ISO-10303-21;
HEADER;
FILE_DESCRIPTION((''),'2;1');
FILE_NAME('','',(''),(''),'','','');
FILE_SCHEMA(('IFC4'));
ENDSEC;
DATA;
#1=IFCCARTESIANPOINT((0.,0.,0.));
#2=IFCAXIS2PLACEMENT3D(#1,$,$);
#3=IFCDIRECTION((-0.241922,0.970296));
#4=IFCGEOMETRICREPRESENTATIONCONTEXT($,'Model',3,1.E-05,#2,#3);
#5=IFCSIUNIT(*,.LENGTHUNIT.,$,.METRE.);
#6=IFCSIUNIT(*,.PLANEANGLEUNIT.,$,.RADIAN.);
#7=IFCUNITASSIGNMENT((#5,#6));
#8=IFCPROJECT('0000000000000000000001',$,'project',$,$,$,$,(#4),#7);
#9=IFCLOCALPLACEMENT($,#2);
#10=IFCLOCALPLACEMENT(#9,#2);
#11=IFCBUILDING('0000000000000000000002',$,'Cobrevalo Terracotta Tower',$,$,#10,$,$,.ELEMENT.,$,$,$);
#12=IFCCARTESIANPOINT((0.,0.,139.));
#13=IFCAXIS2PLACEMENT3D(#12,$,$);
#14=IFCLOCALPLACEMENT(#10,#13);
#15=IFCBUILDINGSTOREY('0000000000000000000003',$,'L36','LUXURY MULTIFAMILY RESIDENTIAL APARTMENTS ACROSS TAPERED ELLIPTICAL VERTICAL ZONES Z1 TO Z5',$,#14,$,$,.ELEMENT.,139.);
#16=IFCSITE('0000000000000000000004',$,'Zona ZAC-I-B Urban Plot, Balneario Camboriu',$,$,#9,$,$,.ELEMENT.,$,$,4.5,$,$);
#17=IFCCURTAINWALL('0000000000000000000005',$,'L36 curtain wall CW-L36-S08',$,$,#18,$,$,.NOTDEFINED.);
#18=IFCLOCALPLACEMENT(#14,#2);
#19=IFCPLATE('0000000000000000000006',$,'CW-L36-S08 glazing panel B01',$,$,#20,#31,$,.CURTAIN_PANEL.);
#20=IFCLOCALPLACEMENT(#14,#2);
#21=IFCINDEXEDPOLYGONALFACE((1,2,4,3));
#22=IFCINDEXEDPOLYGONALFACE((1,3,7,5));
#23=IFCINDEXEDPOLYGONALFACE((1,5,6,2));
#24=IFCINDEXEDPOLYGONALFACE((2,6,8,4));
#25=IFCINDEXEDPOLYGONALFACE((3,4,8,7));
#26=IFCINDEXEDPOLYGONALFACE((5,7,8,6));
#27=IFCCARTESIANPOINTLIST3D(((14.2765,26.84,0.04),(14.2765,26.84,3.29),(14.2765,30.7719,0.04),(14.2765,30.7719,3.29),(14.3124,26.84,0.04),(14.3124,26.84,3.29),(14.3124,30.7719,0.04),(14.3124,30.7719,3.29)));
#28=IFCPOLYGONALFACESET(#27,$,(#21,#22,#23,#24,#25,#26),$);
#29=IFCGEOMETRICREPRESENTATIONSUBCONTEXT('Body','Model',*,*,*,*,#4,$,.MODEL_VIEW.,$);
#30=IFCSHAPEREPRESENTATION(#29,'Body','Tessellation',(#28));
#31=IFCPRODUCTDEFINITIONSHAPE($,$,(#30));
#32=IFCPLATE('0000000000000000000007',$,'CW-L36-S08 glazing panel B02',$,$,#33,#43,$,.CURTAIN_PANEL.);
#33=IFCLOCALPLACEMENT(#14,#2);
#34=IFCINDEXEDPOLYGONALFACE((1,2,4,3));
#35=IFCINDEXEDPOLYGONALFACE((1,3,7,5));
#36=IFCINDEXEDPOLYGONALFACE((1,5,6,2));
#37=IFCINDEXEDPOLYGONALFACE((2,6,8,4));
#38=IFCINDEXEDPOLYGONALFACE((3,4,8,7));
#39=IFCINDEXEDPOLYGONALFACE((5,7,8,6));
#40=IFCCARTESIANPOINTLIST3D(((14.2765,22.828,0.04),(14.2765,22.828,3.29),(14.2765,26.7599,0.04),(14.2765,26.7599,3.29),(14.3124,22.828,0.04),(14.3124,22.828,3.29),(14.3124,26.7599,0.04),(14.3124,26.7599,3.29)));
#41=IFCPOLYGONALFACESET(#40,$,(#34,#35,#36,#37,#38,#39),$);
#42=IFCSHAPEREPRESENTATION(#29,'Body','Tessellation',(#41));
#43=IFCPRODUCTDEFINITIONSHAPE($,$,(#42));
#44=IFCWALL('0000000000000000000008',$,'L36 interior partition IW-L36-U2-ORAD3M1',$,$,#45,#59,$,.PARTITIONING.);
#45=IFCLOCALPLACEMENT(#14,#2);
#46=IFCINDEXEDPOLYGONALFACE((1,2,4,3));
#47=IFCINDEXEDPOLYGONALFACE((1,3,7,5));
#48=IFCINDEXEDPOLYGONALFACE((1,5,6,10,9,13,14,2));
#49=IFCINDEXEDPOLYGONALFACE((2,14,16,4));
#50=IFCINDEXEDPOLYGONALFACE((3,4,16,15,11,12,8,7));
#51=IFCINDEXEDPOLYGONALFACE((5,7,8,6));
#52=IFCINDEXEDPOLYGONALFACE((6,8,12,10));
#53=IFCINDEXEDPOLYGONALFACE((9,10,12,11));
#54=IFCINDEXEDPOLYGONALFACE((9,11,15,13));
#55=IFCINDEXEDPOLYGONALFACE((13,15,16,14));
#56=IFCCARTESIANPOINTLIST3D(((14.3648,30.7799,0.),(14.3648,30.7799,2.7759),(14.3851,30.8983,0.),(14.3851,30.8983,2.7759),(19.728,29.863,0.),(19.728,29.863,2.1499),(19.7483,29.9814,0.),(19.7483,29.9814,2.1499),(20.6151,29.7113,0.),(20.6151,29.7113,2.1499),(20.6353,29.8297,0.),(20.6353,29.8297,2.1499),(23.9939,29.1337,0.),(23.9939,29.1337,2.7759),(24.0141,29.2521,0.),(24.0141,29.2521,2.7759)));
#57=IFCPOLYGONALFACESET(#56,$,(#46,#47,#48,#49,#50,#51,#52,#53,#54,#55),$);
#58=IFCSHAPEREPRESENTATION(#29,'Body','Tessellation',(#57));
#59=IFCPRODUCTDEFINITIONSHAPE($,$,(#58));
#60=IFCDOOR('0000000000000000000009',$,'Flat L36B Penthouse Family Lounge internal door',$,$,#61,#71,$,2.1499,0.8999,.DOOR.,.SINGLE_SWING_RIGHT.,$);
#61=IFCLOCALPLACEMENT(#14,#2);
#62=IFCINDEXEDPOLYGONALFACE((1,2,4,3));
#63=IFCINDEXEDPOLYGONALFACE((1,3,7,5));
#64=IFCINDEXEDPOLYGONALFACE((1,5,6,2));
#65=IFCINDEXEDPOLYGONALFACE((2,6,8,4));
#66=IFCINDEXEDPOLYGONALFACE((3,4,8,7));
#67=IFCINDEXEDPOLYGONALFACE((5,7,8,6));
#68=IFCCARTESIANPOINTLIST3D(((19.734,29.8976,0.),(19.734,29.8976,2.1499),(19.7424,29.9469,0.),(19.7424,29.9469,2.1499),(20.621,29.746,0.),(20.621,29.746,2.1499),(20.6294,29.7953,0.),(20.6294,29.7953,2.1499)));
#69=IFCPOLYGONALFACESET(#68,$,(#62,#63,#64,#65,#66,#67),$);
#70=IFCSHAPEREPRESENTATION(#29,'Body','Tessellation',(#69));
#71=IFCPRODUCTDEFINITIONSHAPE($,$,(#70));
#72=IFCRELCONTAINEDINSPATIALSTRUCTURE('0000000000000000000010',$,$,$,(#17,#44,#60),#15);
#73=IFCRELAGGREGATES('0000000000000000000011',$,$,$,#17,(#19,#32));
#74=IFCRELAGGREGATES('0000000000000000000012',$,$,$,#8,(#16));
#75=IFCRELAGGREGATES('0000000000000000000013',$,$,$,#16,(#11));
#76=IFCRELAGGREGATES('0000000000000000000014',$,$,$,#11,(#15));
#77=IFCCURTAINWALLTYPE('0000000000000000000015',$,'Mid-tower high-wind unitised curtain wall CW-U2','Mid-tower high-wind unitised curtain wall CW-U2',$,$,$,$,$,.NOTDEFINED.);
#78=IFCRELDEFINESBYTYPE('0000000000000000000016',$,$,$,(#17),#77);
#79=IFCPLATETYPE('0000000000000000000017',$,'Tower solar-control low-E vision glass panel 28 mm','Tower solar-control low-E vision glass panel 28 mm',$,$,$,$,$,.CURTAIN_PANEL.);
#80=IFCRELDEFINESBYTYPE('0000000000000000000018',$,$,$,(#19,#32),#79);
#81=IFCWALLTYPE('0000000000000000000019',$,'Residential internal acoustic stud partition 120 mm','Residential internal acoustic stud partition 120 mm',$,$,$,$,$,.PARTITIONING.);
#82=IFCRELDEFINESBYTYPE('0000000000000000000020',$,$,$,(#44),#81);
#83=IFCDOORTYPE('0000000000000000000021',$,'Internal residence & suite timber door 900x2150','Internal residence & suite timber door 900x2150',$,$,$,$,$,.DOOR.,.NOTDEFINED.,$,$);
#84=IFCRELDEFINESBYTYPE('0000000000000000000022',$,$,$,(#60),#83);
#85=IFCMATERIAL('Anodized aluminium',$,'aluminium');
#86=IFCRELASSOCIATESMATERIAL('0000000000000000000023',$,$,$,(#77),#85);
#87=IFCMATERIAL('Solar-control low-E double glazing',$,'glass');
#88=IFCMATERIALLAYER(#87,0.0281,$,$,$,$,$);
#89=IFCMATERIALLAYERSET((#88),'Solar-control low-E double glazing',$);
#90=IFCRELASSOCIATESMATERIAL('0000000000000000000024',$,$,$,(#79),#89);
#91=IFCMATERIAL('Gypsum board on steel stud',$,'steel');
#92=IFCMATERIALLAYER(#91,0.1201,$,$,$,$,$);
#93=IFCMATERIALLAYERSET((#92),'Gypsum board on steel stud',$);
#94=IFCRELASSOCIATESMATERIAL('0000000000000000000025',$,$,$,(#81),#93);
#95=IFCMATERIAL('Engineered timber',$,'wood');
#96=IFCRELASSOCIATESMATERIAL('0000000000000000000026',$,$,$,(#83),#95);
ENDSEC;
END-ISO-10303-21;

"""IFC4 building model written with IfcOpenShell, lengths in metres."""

from ifc_helpers import new_model, si_unit, direction, frame, frame_2d, origin, origin_2d, place, context, subcontext, project, spatial, rectangle, extrude, source, transform, mapped, material, layer, layer_set, type_object, element, fill, aggregate, save


model = new_model("IFC4")

# Units and contexts
model_context = context("Model", 3, precision=1e-05, world=origin(), true_north=direction((-0.241922, 0.970296)))
body_context = subcontext(model_context, "Body", "Model", "MODEL_VIEW")
ifc_project = project(units=[si_unit("LENGTHUNIT", "METRE"), si_unit("PLANEANGLEUNIT", "RADIAN")], contexts=[model_context])

# Site, building, storey
site_placement = place(None, origin())
site = spatial("IfcSite", under=ifc_project, at=site_placement, Name="Zona ZAC-I-B Urban Plot, Balneario Camboriu", CompositionType="ELEMENT", RefElevation=4.5)
building_placement = place(site_placement, origin())
building = spatial("IfcBuilding", under=site, at=building_placement, Name="Cobrevalo Terracotta Tower", CompositionType="ELEMENT")
storey_placement = place(building_placement, frame((0.0, 0.0, 139.0)))
storey = spatial("IfcBuildingStorey", under=building, at=storey_placement, Name="L36", Description="LUXURY MULTIFAMILY RESIDENTIAL APARTMENTS ACROSS TAPERED ELLIPTICAL VERTICAL ZONES Z1 TO Z5", CompositionType="ELEMENT", Elevation=139.0)

# Shared definitions
ifc_material_1 = material(Name="Anodized aluminium", Category="aluminium")
curtain_wall_type = type_object("IfcCurtainWallType", Name="Mid-tower high-wind unitised curtain wall CW-U2", Description="Mid-tower high-wind unitised curtain wall CW-U2", PredefinedType="NOTDEFINED", material=ifc_material_1)

# Curtain wall
curtain_wall_1_placement = place(storey_placement, origin())
curtain_wall_1 = element("IfcCurtainWall", 1, at=curtain_wall_1_placement, inside=storey, type_object=curtain_wall_type, Name="L36 curtain wall CW-L36-S08", PredefinedType="NOTDEFINED")

# Plates
ifc_material_2 = material(Name="Solar-control low-E double glazing", Category="glass")
ifc_layer_1 = layer(ifc_material_2, 0.0281)
ifc_layer_set_1 = layer_set([ifc_layer_1], Name="Solar-control low-E double glazing")
plate_type = type_object("IfcPlateType", Name="Tower solar-control low-E vision glass panel 28 mm", Description="Tower solar-control low-E vision glass panel 28 mm", PredefinedType="CURTAIN_PANEL", material=ifc_layer_set_1)
shared_shape_1 = source(origin(), body_context, "Body", "SweptSolid", [
    extrude(rectangle(XDim=3.9319, YDim=0.0359, at=origin_2d()), origin(), (0.0, 0.0, 1.0), 3.25),
])
plate_1_placement = place(storey_placement, frame((14.2944, 28.8059, 0.04), z_axis=(0.0, 0.0, 1.0), x_axis=(0.0, -1.0, 0.0)))
plate_1 = element("IfcPlate", 2, at=plate_1_placement, type_object=plate_type, Name="CW-L36-S08 glazing panel B01", PredefinedType="CURTAIN_PANEL", context=body_context, shape_type="MappedRepresentation", body=[
    mapped(shared_shape_1, transform((0.0, 0.0, 0.0), scale=1.0)),
])
plate_2_placement = place(storey_placement, frame((14.2944, 24.7939, 0.04), z_axis=(0.0, 0.0, 1.0), x_axis=(0.0, -1.0, 0.0)))
plate_2 = element("IfcPlate", 3, at=plate_2_placement, type_object=plate_type, Name="CW-L36-S08 glazing panel B02", PredefinedType="CURTAIN_PANEL", context=body_context, shape_type="MappedRepresentation", body=[
    mapped(shared_shape_1, transform((0.0, 0.0, 0.0), scale=1.0)),
])
aggregate(curtain_wall_1, [plate_1, plate_2])

# Wall, opening, door
ifc_material_3 = material(Name="Gypsum board on steel stud", Category="steel")
ifc_layer_2 = layer(ifc_material_3, 0.1201)
ifc_layer_set_2 = layer_set([ifc_layer_2], Name="Gypsum board on steel stud")
wall_type = type_object("IfcWallType", Name="Residential internal acoustic stud partition 120 mm", Description="Residential internal acoustic stud partition 120 mm", PredefinedType="PARTITIONING", material=ifc_layer_set_2)
wall_placement = place(storey_placement, frame((24.0039, 29.1929, 0.0), z_axis=(0.0, 0.0, 1.0), x_axis=(-0.985698, 0.168519, 0.0)))
wall = element("IfcWall", 4, at=wall_placement, inside=storey, type_object=wall_type, Name="L36 interior partition IW-L36-U2-ORAD3M1", PredefinedType="PARTITIONING", context=body_context, shape_type="SweptSolid", body=[
    extrude(rectangle(XDim=9.7688, YDim=0.1201, at=frame_2d((4.8843, 0.0))), origin(), (0.0, 0.0, 1.0), 2.7759),
])
opening_placement = place(wall_placement, frame((3.4277, 0.0, 0.0)))
opening = element("IfcOpeningElement", 5, at=opening_placement, cuts=wall, PredefinedType="OPENING", context=body_context, shape_type="SweptSolid", body=[
    extrude(rectangle(XDim=0.8999, YDim=2.1499, at=frame_2d((0.45, 1.075))), frame((0.0, 0.0701, 0.0), z_axis=(0.0, -1.0, 0.0), x_axis=(1.0, 0.0, 0.0)), (0.0, 0.0, 1.0), 0.1401),
])
ifc_material_4 = material(Name="Engineered timber", Category="wood")
door_type = type_object("IfcDoorType", Name="Internal residence & suite timber door 900x2150", Description="Internal residence & suite timber door 900x2150", OperationType="NOTDEFINED", PredefinedType="DOOR", material=ifc_material_4)
shared_shape_2 = source(origin(), body_context, "Body", "SweptSolid", [
    extrude(rectangle(XDim=0.8999, YDim=2.1499, at=frame_2d((0.45, 1.075))), frame((0.0, 0.0249, 0.0), z_axis=(0.0, -1.0, 0.0), x_axis=(1.0, 0.0, 0.0)), (0.0, 0.0, 1.0), 0.05),
])
door_placement = place(opening_placement, origin())
door = element("IfcDoor", 6, at=door_placement, inside=storey, type_object=door_type, Name="Flat L36B Penthouse Family Lounge internal door", OperationType="SINGLE_SWING_RIGHT", OverallHeight=2.1499, OverallWidth=0.8999, PredefinedType="DOOR", context=body_context, shape_type="MappedRepresentation", body=[
    mapped(shared_shape_2, transform((0.0, 0.0, 0.0), scale=1.0)),
])
fill(opening, door)

save(model, "model.ifc")
